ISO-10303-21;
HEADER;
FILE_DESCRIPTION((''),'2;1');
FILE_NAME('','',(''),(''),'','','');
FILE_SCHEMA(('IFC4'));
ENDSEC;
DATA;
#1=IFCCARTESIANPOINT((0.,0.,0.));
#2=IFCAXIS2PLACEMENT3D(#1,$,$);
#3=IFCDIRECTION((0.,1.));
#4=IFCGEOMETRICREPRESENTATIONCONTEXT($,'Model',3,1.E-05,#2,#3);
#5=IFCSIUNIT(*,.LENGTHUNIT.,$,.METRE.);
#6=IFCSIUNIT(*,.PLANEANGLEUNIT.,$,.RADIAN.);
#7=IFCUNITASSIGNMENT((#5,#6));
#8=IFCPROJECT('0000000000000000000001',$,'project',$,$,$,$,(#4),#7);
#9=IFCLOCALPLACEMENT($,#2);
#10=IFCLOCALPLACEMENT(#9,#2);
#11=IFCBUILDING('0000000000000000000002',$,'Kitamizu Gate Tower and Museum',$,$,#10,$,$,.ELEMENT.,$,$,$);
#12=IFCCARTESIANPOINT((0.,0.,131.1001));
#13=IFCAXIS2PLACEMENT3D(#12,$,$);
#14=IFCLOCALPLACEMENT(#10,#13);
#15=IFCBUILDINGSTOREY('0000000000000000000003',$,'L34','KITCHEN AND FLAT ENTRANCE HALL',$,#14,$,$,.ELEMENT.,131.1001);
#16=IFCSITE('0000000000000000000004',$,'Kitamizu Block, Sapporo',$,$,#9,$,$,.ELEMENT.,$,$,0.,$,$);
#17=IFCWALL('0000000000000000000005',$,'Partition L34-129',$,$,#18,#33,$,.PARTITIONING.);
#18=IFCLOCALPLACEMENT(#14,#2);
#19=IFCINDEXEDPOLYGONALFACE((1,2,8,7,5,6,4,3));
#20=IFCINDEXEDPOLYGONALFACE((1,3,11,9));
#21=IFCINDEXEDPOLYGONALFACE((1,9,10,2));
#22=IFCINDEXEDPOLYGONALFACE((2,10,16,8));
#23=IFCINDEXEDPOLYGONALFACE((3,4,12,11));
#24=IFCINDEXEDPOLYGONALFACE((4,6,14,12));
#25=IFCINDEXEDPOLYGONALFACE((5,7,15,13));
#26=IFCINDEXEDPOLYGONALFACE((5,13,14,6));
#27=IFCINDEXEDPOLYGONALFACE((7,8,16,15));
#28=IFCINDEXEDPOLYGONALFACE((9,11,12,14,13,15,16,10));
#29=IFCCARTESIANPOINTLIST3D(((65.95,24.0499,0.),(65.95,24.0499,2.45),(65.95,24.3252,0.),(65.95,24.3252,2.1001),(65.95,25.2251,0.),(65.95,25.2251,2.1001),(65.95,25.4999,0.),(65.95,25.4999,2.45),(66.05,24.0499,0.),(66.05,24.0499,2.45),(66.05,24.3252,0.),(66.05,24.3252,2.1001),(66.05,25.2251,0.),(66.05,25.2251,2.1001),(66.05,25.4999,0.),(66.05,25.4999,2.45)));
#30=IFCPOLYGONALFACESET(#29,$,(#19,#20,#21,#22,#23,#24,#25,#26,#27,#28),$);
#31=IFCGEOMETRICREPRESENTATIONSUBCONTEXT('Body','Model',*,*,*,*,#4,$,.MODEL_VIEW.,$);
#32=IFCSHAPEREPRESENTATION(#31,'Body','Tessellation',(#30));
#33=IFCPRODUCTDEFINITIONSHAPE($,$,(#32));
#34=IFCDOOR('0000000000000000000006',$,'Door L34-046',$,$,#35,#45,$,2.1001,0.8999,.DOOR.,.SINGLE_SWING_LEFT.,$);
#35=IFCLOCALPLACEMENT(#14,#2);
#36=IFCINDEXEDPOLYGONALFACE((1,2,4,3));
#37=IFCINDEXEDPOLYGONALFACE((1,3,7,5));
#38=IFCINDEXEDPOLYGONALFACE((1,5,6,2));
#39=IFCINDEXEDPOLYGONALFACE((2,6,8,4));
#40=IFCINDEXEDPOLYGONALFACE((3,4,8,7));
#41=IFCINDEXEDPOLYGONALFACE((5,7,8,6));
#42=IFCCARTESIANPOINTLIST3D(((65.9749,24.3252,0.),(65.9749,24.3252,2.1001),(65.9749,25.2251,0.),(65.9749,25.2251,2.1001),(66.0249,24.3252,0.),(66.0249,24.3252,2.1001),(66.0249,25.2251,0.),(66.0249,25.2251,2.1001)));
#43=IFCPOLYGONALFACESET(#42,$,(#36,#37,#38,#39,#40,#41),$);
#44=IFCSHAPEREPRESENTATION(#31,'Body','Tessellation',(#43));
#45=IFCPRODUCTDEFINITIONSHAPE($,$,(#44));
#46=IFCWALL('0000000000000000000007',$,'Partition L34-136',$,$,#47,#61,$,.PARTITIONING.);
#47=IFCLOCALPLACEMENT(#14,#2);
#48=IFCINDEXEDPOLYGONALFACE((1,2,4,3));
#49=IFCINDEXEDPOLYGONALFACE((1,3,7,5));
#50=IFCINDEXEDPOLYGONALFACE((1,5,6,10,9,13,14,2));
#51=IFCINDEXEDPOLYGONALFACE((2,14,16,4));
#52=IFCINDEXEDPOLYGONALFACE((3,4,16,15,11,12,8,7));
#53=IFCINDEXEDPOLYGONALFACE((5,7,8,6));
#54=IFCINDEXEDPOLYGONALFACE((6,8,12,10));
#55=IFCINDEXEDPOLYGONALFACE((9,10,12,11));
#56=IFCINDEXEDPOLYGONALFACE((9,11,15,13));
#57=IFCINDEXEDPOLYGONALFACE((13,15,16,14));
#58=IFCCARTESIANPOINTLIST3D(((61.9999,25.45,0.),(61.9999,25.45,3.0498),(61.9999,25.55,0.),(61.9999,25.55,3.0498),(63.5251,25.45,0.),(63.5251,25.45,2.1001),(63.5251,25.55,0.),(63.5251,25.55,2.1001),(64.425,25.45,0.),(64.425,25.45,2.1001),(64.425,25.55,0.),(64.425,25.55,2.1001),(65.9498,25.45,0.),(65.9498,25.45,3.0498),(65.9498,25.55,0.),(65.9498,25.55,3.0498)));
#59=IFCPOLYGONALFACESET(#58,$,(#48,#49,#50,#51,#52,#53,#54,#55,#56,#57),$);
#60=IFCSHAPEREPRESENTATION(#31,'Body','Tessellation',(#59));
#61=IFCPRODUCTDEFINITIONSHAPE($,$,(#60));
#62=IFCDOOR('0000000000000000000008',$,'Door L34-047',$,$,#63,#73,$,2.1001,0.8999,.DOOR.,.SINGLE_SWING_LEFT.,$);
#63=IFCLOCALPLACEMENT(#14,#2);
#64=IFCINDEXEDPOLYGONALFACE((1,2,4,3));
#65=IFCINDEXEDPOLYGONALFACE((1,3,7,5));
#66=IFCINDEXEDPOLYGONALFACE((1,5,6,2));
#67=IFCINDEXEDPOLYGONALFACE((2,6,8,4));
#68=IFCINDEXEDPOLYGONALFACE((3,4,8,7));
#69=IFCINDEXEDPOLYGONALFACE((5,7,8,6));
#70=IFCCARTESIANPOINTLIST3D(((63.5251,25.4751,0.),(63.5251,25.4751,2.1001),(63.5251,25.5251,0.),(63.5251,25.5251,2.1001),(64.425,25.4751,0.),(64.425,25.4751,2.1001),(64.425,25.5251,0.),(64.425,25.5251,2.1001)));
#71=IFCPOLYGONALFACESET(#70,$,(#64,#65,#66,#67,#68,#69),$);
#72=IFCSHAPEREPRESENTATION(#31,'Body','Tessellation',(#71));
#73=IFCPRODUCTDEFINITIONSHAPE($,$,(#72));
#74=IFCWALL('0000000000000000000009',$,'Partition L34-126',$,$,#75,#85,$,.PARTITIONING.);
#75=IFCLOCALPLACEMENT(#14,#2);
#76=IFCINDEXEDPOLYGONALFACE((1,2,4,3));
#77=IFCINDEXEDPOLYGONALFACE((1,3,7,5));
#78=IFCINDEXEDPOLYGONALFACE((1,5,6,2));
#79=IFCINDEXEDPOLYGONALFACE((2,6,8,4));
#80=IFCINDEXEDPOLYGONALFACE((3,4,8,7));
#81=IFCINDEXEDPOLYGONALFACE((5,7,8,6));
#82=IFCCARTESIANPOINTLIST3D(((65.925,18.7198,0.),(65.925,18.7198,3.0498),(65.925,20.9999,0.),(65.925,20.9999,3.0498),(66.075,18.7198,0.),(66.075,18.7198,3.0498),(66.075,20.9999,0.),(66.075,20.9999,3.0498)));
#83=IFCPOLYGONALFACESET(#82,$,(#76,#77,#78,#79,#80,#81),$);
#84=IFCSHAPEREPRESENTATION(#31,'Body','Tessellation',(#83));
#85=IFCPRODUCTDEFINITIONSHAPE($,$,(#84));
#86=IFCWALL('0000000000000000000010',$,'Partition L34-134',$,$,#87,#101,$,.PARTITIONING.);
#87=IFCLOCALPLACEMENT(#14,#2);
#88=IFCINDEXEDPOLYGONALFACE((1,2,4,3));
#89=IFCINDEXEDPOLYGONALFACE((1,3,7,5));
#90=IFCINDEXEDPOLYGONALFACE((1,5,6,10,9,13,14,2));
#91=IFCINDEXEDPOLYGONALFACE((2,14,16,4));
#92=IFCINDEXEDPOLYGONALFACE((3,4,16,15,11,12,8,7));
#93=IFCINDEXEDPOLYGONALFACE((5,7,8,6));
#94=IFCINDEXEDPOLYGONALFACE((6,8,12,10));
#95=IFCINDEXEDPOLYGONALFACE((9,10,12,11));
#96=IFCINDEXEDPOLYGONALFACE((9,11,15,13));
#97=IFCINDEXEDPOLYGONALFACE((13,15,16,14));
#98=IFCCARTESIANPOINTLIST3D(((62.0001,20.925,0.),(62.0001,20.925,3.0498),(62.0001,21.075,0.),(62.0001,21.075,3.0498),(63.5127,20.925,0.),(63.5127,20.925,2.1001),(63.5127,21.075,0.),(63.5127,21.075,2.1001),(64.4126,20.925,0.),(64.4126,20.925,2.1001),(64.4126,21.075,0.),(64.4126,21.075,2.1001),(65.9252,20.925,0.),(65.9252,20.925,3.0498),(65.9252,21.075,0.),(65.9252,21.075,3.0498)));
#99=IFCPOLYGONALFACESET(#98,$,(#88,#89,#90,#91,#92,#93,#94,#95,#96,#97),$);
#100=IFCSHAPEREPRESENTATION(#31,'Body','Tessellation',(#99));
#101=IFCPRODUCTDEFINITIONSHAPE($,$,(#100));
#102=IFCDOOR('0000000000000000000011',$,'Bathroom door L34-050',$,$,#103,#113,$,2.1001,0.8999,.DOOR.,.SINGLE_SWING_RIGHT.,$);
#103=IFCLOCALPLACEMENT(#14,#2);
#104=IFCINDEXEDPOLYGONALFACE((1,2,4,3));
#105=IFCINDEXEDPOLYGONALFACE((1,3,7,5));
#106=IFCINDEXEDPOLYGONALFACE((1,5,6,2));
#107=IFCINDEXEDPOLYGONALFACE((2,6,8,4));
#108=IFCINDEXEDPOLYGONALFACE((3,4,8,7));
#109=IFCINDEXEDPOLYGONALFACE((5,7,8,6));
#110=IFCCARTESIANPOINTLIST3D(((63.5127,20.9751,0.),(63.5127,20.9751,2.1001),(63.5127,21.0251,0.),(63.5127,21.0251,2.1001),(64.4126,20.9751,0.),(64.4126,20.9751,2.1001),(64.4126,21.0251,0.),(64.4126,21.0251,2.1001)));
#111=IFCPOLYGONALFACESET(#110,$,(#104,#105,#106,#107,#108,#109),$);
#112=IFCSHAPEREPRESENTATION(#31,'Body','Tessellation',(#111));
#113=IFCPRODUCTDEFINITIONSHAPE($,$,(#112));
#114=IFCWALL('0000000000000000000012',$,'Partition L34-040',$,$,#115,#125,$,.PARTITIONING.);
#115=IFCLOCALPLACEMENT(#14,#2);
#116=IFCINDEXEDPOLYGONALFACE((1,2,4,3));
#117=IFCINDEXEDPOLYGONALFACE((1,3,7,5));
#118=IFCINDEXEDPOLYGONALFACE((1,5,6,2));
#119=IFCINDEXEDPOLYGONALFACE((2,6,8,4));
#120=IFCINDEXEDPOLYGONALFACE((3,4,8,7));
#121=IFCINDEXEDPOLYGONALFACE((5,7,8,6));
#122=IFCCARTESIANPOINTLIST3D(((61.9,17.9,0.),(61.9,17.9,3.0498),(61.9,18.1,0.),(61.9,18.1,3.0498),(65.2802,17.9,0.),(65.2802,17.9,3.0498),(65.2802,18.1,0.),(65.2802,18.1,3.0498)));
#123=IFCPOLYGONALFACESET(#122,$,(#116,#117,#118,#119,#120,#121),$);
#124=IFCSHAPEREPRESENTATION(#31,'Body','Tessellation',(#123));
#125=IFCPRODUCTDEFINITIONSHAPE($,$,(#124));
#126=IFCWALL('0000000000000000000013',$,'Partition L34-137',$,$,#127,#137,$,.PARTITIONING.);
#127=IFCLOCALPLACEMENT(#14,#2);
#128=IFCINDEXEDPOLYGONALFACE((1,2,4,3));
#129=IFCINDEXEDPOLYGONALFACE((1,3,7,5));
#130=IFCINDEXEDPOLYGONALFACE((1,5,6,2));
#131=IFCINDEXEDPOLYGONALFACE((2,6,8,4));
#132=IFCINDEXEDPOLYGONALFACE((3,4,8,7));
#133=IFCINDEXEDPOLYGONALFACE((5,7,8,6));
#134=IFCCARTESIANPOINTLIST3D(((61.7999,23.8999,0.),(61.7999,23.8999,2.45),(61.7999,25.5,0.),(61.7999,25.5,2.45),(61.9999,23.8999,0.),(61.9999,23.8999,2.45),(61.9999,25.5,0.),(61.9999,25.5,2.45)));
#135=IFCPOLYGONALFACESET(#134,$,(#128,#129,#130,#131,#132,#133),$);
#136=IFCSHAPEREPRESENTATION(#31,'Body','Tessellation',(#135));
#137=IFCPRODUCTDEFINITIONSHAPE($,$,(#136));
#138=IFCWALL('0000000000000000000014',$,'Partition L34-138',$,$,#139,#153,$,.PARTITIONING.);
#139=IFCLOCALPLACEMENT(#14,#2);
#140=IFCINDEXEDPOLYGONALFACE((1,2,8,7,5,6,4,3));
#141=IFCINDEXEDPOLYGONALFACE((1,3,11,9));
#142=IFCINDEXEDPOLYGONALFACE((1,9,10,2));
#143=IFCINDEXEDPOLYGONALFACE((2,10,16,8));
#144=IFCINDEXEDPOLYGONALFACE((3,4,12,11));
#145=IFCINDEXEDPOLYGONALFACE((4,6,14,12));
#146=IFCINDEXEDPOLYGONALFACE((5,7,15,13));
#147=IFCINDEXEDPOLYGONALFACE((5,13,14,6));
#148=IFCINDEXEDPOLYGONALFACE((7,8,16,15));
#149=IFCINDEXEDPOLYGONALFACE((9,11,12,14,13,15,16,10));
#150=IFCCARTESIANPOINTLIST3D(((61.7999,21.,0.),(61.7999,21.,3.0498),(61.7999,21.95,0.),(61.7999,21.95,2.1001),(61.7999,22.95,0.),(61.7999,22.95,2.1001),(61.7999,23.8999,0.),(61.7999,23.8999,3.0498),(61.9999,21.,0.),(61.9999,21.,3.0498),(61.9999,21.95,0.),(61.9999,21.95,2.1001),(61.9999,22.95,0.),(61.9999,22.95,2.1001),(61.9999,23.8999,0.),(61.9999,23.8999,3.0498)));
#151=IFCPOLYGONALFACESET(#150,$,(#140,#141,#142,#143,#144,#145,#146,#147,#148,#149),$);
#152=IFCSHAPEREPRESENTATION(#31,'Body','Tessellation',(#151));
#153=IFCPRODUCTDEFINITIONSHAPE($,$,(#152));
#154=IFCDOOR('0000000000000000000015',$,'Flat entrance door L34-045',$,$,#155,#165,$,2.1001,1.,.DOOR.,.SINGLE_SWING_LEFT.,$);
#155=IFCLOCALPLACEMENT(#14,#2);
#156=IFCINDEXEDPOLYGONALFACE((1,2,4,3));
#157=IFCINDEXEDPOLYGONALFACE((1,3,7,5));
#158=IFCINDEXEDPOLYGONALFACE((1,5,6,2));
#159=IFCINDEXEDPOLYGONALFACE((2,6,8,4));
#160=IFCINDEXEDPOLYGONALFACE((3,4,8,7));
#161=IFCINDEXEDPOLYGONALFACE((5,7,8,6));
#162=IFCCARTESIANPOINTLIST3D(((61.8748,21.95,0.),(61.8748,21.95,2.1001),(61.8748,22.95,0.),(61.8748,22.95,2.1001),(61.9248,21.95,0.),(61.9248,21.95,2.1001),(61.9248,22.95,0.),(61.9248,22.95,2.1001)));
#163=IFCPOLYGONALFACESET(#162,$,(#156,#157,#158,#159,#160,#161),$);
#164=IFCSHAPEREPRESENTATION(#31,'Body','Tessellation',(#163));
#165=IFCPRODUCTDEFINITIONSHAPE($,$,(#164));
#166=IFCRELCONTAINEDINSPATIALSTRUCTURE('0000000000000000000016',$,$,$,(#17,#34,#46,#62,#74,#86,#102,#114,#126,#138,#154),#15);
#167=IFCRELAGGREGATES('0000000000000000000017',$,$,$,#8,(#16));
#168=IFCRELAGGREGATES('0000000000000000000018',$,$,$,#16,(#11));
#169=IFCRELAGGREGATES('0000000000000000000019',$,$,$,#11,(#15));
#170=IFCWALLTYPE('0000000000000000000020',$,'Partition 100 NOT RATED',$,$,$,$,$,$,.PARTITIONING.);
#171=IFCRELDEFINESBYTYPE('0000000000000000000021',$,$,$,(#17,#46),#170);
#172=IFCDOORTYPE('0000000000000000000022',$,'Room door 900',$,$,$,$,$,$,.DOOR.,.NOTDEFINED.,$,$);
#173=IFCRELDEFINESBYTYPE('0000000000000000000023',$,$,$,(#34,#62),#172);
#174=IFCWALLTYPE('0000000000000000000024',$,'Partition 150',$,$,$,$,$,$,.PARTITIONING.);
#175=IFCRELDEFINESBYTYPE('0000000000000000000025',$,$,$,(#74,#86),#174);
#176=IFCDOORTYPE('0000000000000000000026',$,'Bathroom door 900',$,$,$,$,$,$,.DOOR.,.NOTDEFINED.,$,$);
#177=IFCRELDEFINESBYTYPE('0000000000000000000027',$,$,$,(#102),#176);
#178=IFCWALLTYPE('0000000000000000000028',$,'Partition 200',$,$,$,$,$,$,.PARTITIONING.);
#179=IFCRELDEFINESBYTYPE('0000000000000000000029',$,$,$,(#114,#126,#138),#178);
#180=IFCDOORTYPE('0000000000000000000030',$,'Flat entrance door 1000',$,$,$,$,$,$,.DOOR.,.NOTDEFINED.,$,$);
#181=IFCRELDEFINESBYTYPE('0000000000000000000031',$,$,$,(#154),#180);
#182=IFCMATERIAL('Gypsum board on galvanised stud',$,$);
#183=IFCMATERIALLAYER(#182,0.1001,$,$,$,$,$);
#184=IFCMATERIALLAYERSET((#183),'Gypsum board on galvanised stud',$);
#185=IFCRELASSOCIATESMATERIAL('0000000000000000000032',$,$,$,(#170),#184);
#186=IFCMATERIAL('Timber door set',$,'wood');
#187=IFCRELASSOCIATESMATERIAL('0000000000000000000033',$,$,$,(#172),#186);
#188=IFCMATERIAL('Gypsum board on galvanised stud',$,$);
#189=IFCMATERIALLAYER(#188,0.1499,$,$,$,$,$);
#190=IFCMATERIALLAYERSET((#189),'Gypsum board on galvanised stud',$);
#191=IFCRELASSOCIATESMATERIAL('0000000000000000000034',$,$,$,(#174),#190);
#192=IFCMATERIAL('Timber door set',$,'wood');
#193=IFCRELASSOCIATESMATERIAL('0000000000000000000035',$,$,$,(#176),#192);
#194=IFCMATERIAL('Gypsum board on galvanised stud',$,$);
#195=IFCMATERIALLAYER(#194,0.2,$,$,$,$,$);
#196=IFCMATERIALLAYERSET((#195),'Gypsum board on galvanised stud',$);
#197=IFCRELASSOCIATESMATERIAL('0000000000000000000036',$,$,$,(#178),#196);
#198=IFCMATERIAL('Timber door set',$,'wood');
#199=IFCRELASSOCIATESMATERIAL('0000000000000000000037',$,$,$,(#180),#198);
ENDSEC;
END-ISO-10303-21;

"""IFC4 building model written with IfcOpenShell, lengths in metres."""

from ifc_helpers import new_model, si_unit, direction, frame, frame_2d, origin, place, context, subcontext, project, spatial, rectangle, extrude, material, layer, layer_set, type_object, element, fill, save


model = new_model("IFC4")

# Units and contexts
model_context = context("Model", 3, precision=1e-05, world=origin(), true_north=direction((0.0, 1.0)))
body_context = subcontext(model_context, "Body", "Model", "MODEL_VIEW")
ifc_project = project(units=[si_unit("LENGTHUNIT", "METRE"), si_unit("PLANEANGLEUNIT", "RADIAN")], contexts=[model_context])

# Site, building, storey
site_placement = place(None, origin())
site = spatial("IfcSite", under=ifc_project, at=site_placement, Name="Kitamizu Block, Sapporo", CompositionType="ELEMENT", RefElevation=0.0)
building_placement = place(site_placement, origin())
building = spatial("IfcBuilding", under=site, at=building_placement, Name="Kitamizu Gate Tower and Museum", CompositionType="ELEMENT")
storey_placement = place(building_placement, frame((0.0, 0.0, 131.1001)))
storey = spatial("IfcBuildingStorey", under=building, at=storey_placement, Name="L34", Description="KITCHEN AND FLAT ENTRANCE HALL", CompositionType="ELEMENT", Elevation=131.1001)

# Shared definitions
ifc_material_1 = material(Name="Gypsum board on galvanised stud")
ifc_layer_1 = layer(ifc_material_1, 0.1001)
ifc_layer_set_1 = layer_set([ifc_layer_1], Name="Gypsum board on galvanised stud")
wall_type_1 = type_object("IfcWallType", Name="Partition 100 NOT RATED", PredefinedType="PARTITIONING", material=ifc_layer_set_1)
ifc_material_2 = material(Name="Timber door set", Category="wood")
door_type_1 = type_object("IfcDoorType", Name="Room door 900", OperationType="NOTDEFINED", PredefinedType="DOOR", material=ifc_material_2)

# Walls, openings, doors
wall_1_placement = place(storey_placement, frame((66.0, 25.5, 0.0), z_axis=(0.0, 0.0, 1.0), x_axis=(0.0, -1.0, 0.0)))
wall_1 = element("IfcWall", 1, at=wall_1_placement, inside=storey, type_object=wall_type_1, Name="Partition L34-129", PredefinedType="PARTITIONING", context=body_context, shape_type="SweptSolid", body=[
    extrude(rectangle(XDim=1.45, YDim=0.1001, at=frame_2d((0.7251, 0.0))), origin(), (0.0, 0.0, 1.0), 2.45),
])
opening_1_placement = place(wall_1_placement, frame((0.2749, 0.0, 0.0)))
opening_1 = element("IfcOpeningElement", 2, at=opening_1_placement, cuts=wall_1, PredefinedType="OPENING", context=body_context, shape_type="SweptSolid", body=[
    extrude(rectangle(XDim=0.8999, YDim=2.1001, at=frame_2d((0.45, 1.05))), frame((0.0, 0.0601, 0.0), z_axis=(0.0, -1.0, 0.0), x_axis=(1.0, 0.0, 0.0)), (0.0, 0.0, 1.0), 0.1201),
])
door_1_placement = place(opening_1_placement, origin())
door_1 = element("IfcDoor", 3, at=door_1_placement, inside=storey, type_object=door_type_1, Name="Door L34-046", OperationType="SINGLE_SWING_LEFT", OverallHeight=2.1001, OverallWidth=0.8999, PredefinedType="DOOR", context=body_context, shape_type="SweptSolid", body=[
    extrude(rectangle(XDim=0.8999, YDim=2.1001, at=frame_2d((0.45, 1.05))), frame((0.0, 0.0249, 0.0), z_axis=(0.0, -1.0, 0.0), x_axis=(1.0, 0.0, 0.0)), (0.0, 0.0, 1.0), 0.05),
])
fill(opening_1, door_1)
wall_2_placement = place(storey_placement, frame((65.95, 25.5, 0.0), z_axis=(0.0, 0.0, 1.0), x_axis=(-1.0, 0.0, 0.0)))
wall_2 = element("IfcWall", 4, at=wall_2_placement, inside=storey, type_object=wall_type_1, Name="Partition L34-136", PredefinedType="PARTITIONING", context=body_context, shape_type="SweptSolid", body=[
    extrude(rectangle(XDim=3.95, YDim=0.1001, at=frame_2d((1.9751, 0.0))), origin(), (0.0, 0.0, 1.0), 3.0498),
])
opening_2_placement = place(wall_2_placement, frame((1.5249, 0.0, 0.0)))
opening_2 = element("IfcOpeningElement", 5, at=opening_2_placement, cuts=wall_2, PredefinedType="OPENING", context=body_context, shape_type="SweptSolid", body=[
    extrude(rectangle(XDim=0.8999, YDim=2.1001, at=frame_2d((0.45, 1.05))), frame((0.0, 0.0601, 0.0), z_axis=(0.0, -1.0, 0.0), x_axis=(1.0, 0.0, 0.0)), (0.0, 0.0, 1.0), 0.1201),
])
door_2_placement = place(opening_2_placement, origin())
door_2 = element("IfcDoor", 6, at=door_2_placement, inside=storey, type_object=door_type_1, Name="Door L34-047", OperationType="SINGLE_SWING_LEFT", OverallHeight=2.1001, OverallWidth=0.8999, PredefinedType="DOOR", context=body_context, shape_type="SweptSolid", body=[
    extrude(rectangle(XDim=0.8999, YDim=2.1001, at=frame_2d((0.45, 1.05))), frame((0.0, 0.0249, 0.0), z_axis=(0.0, -1.0, 0.0), x_axis=(1.0, 0.0, 0.0)), (0.0, 0.0, 1.0), 0.05),
])
fill(opening_2, door_2)

# Wall
ifc_material_3 = material(Name="Gypsum board on galvanised stud")
ifc_layer_2 = layer(ifc_material_3, 0.1499)
ifc_layer_set_2 = layer_set([ifc_layer_2], Name="Gypsum board on galvanised stud")
wall_type_2 = type_object("IfcWallType", Name="Partition 150", PredefinedType="PARTITIONING", material=ifc_layer_set_2)
wall_3_placement = place(storey_placement, frame((66.0, 21.0, 0.0), z_axis=(0.0, 0.0, 1.0), x_axis=(0.0, -1.0, 0.0)))
element("IfcWall", 7, at=wall_3_placement, inside=storey, type_object=wall_type_2, Name="Partition L34-126", PredefinedType="PARTITIONING", context=body_context, shape_type="SweptSolid", body=[
    extrude(rectangle(XDim=2.28, YDim=0.1499, at=frame_2d((1.1401, 0.0))), origin(), (0.0, 0.0, 1.0), 3.0498),
])

# Wall, opening, door
wall_4_placement = place(storey_placement, frame((65.925, 21.0, 0.0), z_axis=(0.0, 0.0, 1.0), x_axis=(-1.0, 0.0, 0.0)))
wall_4 = element("IfcWall", 8, at=wall_4_placement, inside=storey, type_object=wall_type_2, Name="Partition L34-134", PredefinedType="PARTITIONING", context=body_context, shape_type="SweptSolid", body=[
    extrude(rectangle(XDim=3.925, YDim=0.1499, at=frame_2d((1.9624, 0.0))), origin(), (0.0, 0.0, 1.0), 3.0498),
])
opening_3_placement = place(wall_4_placement, frame((1.5125, 0.0, 0.0)))
opening_3 = element("IfcOpeningElement", 9, at=opening_3_placement, cuts=wall_4, PredefinedType="OPENING", context=body_context, shape_type="SweptSolid", body=[
    extrude(rectangle(XDim=0.8999, YDim=2.1001, at=frame_2d((0.45, 1.05))), frame((0.0, 0.085, 0.0), z_axis=(0.0, -1.0, 0.0), x_axis=(1.0, 0.0, 0.0)), (0.0, 0.0, 1.0), 0.1699),
])
ifc_material_4 = material(Name="Timber door set", Category="wood")
door_type_2 = type_object("IfcDoorType", Name="Bathroom door 900", OperationType="NOTDEFINED", PredefinedType="DOOR", material=ifc_material_4)
door_3_placement = place(opening_3_placement, origin())
door_3 = element("IfcDoor", 10, at=door_3_placement, inside=storey, type_object=door_type_2, Name="Bathroom door L34-050", OperationType="SINGLE_SWING_RIGHT", OverallHeight=2.1001, OverallWidth=0.8999, PredefinedType="DOOR", context=body_context, shape_type="SweptSolid", body=[
    extrude(rectangle(XDim=0.8999, YDim=2.1001, at=frame_2d((0.45, 1.05))), frame((0.0, 0.0249, 0.0), z_axis=(0.0, -1.0, 0.0), x_axis=(1.0, 0.0, 0.0)), (0.0, 0.0, 1.0), 0.05),
])
fill(opening_3, door_3)

# Walls
ifc_material_5 = material(Name="Gypsum board on galvanised stud")
ifc_layer_3 = layer(ifc_material_5, 0.2)
ifc_layer_set_3 = layer_set([ifc_layer_3], Name="Gypsum board on galvanised stud")
wall_type_3 = type_object("IfcWallType", Name="Partition 200", PredefinedType="PARTITIONING", material=ifc_layer_set_3)
wall_5_placement = place(storey_placement, frame((65.28, 18.0, 0.0), z_axis=(0.0, 0.0, 1.0), x_axis=(-1.0, 0.0, 0.0)))
element("IfcWall", 11, at=wall_5_placement, inside=storey, type_object=wall_type_3, Name="Partition L34-040", PredefinedType="PARTITIONING", context=body_context, shape_type="SweptSolid", body=[
    extrude(rectangle(XDim=3.3801, YDim=0.2, at=frame_2d((1.6899, 0.0))), origin(), (0.0, 0.0, 1.0), 3.0498),
])
wall_6_placement = place(storey_placement, frame((61.8999, 25.5, 0.0), z_axis=(0.0, 0.0, 1.0), x_axis=(0.0, -1.0, 0.0)))
element("IfcWall", 12, at=wall_6_placement, inside=storey, type_object=wall_type_3, Name="Partition L34-137", PredefinedType="PARTITIONING", context=body_context, shape_type="SweptSolid", body=[
    extrude(rectangle(XDim=1.6001, YDim=0.2, at=frame_2d((0.8, 0.0))), origin(), (0.0, 0.0, 1.0), 2.45),
])

# Wall, opening, door
wall_7_placement = place(storey_placement, frame((61.8999, 23.8999, 0.0), z_axis=(0.0, 0.0, 1.0), x_axis=(0.0, -1.0, 0.0)))
wall_7 = element("IfcWall", 13, at=wall_7_placement, inside=storey, type_object=wall_type_3, Name="Partition L34-138", PredefinedType="PARTITIONING", context=body_context, shape_type="SweptSolid", body=[
    extrude(rectangle(XDim=2.8999, YDim=0.2, at=frame_2d((1.45, 0.0))), origin(), (0.0, 0.0, 1.0), 3.0498),
])
opening_4_placement = place(wall_7_placement, frame((0.95, 0.0, 0.0)))
opening_4 = element("IfcOpeningElement", 14, at=opening_4_placement, cuts=wall_7, PredefinedType="OPENING", context=body_context, shape_type="SweptSolid", body=[
    extrude(rectangle(XDim=1.0, YDim=2.1001, at=frame_2d((0.5, 1.05))), frame((0.0, 0.1099, 0.0), z_axis=(0.0, -1.0, 0.0), x_axis=(1.0, 0.0, 0.0)), (0.0, 0.0, 1.0), 0.22),
])
ifc_material_6 = material(Name="Timber door set", Category="wood")
door_type_3 = type_object("IfcDoorType", Name="Flat entrance door 1000", OperationType="NOTDEFINED", PredefinedType="DOOR", material=ifc_material_6)
door_4_placement = place(opening_4_placement, origin())
door_4 = element("IfcDoor", 15, at=door_4_placement, inside=storey, type_object=door_type_3, Name="Flat entrance door L34-045", OperationType="SINGLE_SWING_LEFT", OverallHeight=2.1001, OverallWidth=1.0, PredefinedType="DOOR", context=body_context, shape_type="SweptSolid", body=[
    extrude(rectangle(XDim=1.0, YDim=2.1001, at=frame_2d((0.5, 1.05))), frame((0.0, 0.0249, 0.0), z_axis=(0.0, -1.0, 0.0), x_axis=(1.0, 0.0, 0.0)), (0.0, 0.0, 1.0), 0.05),
])
fill(opening_4, door_4)

save(model, "model.ifc")
